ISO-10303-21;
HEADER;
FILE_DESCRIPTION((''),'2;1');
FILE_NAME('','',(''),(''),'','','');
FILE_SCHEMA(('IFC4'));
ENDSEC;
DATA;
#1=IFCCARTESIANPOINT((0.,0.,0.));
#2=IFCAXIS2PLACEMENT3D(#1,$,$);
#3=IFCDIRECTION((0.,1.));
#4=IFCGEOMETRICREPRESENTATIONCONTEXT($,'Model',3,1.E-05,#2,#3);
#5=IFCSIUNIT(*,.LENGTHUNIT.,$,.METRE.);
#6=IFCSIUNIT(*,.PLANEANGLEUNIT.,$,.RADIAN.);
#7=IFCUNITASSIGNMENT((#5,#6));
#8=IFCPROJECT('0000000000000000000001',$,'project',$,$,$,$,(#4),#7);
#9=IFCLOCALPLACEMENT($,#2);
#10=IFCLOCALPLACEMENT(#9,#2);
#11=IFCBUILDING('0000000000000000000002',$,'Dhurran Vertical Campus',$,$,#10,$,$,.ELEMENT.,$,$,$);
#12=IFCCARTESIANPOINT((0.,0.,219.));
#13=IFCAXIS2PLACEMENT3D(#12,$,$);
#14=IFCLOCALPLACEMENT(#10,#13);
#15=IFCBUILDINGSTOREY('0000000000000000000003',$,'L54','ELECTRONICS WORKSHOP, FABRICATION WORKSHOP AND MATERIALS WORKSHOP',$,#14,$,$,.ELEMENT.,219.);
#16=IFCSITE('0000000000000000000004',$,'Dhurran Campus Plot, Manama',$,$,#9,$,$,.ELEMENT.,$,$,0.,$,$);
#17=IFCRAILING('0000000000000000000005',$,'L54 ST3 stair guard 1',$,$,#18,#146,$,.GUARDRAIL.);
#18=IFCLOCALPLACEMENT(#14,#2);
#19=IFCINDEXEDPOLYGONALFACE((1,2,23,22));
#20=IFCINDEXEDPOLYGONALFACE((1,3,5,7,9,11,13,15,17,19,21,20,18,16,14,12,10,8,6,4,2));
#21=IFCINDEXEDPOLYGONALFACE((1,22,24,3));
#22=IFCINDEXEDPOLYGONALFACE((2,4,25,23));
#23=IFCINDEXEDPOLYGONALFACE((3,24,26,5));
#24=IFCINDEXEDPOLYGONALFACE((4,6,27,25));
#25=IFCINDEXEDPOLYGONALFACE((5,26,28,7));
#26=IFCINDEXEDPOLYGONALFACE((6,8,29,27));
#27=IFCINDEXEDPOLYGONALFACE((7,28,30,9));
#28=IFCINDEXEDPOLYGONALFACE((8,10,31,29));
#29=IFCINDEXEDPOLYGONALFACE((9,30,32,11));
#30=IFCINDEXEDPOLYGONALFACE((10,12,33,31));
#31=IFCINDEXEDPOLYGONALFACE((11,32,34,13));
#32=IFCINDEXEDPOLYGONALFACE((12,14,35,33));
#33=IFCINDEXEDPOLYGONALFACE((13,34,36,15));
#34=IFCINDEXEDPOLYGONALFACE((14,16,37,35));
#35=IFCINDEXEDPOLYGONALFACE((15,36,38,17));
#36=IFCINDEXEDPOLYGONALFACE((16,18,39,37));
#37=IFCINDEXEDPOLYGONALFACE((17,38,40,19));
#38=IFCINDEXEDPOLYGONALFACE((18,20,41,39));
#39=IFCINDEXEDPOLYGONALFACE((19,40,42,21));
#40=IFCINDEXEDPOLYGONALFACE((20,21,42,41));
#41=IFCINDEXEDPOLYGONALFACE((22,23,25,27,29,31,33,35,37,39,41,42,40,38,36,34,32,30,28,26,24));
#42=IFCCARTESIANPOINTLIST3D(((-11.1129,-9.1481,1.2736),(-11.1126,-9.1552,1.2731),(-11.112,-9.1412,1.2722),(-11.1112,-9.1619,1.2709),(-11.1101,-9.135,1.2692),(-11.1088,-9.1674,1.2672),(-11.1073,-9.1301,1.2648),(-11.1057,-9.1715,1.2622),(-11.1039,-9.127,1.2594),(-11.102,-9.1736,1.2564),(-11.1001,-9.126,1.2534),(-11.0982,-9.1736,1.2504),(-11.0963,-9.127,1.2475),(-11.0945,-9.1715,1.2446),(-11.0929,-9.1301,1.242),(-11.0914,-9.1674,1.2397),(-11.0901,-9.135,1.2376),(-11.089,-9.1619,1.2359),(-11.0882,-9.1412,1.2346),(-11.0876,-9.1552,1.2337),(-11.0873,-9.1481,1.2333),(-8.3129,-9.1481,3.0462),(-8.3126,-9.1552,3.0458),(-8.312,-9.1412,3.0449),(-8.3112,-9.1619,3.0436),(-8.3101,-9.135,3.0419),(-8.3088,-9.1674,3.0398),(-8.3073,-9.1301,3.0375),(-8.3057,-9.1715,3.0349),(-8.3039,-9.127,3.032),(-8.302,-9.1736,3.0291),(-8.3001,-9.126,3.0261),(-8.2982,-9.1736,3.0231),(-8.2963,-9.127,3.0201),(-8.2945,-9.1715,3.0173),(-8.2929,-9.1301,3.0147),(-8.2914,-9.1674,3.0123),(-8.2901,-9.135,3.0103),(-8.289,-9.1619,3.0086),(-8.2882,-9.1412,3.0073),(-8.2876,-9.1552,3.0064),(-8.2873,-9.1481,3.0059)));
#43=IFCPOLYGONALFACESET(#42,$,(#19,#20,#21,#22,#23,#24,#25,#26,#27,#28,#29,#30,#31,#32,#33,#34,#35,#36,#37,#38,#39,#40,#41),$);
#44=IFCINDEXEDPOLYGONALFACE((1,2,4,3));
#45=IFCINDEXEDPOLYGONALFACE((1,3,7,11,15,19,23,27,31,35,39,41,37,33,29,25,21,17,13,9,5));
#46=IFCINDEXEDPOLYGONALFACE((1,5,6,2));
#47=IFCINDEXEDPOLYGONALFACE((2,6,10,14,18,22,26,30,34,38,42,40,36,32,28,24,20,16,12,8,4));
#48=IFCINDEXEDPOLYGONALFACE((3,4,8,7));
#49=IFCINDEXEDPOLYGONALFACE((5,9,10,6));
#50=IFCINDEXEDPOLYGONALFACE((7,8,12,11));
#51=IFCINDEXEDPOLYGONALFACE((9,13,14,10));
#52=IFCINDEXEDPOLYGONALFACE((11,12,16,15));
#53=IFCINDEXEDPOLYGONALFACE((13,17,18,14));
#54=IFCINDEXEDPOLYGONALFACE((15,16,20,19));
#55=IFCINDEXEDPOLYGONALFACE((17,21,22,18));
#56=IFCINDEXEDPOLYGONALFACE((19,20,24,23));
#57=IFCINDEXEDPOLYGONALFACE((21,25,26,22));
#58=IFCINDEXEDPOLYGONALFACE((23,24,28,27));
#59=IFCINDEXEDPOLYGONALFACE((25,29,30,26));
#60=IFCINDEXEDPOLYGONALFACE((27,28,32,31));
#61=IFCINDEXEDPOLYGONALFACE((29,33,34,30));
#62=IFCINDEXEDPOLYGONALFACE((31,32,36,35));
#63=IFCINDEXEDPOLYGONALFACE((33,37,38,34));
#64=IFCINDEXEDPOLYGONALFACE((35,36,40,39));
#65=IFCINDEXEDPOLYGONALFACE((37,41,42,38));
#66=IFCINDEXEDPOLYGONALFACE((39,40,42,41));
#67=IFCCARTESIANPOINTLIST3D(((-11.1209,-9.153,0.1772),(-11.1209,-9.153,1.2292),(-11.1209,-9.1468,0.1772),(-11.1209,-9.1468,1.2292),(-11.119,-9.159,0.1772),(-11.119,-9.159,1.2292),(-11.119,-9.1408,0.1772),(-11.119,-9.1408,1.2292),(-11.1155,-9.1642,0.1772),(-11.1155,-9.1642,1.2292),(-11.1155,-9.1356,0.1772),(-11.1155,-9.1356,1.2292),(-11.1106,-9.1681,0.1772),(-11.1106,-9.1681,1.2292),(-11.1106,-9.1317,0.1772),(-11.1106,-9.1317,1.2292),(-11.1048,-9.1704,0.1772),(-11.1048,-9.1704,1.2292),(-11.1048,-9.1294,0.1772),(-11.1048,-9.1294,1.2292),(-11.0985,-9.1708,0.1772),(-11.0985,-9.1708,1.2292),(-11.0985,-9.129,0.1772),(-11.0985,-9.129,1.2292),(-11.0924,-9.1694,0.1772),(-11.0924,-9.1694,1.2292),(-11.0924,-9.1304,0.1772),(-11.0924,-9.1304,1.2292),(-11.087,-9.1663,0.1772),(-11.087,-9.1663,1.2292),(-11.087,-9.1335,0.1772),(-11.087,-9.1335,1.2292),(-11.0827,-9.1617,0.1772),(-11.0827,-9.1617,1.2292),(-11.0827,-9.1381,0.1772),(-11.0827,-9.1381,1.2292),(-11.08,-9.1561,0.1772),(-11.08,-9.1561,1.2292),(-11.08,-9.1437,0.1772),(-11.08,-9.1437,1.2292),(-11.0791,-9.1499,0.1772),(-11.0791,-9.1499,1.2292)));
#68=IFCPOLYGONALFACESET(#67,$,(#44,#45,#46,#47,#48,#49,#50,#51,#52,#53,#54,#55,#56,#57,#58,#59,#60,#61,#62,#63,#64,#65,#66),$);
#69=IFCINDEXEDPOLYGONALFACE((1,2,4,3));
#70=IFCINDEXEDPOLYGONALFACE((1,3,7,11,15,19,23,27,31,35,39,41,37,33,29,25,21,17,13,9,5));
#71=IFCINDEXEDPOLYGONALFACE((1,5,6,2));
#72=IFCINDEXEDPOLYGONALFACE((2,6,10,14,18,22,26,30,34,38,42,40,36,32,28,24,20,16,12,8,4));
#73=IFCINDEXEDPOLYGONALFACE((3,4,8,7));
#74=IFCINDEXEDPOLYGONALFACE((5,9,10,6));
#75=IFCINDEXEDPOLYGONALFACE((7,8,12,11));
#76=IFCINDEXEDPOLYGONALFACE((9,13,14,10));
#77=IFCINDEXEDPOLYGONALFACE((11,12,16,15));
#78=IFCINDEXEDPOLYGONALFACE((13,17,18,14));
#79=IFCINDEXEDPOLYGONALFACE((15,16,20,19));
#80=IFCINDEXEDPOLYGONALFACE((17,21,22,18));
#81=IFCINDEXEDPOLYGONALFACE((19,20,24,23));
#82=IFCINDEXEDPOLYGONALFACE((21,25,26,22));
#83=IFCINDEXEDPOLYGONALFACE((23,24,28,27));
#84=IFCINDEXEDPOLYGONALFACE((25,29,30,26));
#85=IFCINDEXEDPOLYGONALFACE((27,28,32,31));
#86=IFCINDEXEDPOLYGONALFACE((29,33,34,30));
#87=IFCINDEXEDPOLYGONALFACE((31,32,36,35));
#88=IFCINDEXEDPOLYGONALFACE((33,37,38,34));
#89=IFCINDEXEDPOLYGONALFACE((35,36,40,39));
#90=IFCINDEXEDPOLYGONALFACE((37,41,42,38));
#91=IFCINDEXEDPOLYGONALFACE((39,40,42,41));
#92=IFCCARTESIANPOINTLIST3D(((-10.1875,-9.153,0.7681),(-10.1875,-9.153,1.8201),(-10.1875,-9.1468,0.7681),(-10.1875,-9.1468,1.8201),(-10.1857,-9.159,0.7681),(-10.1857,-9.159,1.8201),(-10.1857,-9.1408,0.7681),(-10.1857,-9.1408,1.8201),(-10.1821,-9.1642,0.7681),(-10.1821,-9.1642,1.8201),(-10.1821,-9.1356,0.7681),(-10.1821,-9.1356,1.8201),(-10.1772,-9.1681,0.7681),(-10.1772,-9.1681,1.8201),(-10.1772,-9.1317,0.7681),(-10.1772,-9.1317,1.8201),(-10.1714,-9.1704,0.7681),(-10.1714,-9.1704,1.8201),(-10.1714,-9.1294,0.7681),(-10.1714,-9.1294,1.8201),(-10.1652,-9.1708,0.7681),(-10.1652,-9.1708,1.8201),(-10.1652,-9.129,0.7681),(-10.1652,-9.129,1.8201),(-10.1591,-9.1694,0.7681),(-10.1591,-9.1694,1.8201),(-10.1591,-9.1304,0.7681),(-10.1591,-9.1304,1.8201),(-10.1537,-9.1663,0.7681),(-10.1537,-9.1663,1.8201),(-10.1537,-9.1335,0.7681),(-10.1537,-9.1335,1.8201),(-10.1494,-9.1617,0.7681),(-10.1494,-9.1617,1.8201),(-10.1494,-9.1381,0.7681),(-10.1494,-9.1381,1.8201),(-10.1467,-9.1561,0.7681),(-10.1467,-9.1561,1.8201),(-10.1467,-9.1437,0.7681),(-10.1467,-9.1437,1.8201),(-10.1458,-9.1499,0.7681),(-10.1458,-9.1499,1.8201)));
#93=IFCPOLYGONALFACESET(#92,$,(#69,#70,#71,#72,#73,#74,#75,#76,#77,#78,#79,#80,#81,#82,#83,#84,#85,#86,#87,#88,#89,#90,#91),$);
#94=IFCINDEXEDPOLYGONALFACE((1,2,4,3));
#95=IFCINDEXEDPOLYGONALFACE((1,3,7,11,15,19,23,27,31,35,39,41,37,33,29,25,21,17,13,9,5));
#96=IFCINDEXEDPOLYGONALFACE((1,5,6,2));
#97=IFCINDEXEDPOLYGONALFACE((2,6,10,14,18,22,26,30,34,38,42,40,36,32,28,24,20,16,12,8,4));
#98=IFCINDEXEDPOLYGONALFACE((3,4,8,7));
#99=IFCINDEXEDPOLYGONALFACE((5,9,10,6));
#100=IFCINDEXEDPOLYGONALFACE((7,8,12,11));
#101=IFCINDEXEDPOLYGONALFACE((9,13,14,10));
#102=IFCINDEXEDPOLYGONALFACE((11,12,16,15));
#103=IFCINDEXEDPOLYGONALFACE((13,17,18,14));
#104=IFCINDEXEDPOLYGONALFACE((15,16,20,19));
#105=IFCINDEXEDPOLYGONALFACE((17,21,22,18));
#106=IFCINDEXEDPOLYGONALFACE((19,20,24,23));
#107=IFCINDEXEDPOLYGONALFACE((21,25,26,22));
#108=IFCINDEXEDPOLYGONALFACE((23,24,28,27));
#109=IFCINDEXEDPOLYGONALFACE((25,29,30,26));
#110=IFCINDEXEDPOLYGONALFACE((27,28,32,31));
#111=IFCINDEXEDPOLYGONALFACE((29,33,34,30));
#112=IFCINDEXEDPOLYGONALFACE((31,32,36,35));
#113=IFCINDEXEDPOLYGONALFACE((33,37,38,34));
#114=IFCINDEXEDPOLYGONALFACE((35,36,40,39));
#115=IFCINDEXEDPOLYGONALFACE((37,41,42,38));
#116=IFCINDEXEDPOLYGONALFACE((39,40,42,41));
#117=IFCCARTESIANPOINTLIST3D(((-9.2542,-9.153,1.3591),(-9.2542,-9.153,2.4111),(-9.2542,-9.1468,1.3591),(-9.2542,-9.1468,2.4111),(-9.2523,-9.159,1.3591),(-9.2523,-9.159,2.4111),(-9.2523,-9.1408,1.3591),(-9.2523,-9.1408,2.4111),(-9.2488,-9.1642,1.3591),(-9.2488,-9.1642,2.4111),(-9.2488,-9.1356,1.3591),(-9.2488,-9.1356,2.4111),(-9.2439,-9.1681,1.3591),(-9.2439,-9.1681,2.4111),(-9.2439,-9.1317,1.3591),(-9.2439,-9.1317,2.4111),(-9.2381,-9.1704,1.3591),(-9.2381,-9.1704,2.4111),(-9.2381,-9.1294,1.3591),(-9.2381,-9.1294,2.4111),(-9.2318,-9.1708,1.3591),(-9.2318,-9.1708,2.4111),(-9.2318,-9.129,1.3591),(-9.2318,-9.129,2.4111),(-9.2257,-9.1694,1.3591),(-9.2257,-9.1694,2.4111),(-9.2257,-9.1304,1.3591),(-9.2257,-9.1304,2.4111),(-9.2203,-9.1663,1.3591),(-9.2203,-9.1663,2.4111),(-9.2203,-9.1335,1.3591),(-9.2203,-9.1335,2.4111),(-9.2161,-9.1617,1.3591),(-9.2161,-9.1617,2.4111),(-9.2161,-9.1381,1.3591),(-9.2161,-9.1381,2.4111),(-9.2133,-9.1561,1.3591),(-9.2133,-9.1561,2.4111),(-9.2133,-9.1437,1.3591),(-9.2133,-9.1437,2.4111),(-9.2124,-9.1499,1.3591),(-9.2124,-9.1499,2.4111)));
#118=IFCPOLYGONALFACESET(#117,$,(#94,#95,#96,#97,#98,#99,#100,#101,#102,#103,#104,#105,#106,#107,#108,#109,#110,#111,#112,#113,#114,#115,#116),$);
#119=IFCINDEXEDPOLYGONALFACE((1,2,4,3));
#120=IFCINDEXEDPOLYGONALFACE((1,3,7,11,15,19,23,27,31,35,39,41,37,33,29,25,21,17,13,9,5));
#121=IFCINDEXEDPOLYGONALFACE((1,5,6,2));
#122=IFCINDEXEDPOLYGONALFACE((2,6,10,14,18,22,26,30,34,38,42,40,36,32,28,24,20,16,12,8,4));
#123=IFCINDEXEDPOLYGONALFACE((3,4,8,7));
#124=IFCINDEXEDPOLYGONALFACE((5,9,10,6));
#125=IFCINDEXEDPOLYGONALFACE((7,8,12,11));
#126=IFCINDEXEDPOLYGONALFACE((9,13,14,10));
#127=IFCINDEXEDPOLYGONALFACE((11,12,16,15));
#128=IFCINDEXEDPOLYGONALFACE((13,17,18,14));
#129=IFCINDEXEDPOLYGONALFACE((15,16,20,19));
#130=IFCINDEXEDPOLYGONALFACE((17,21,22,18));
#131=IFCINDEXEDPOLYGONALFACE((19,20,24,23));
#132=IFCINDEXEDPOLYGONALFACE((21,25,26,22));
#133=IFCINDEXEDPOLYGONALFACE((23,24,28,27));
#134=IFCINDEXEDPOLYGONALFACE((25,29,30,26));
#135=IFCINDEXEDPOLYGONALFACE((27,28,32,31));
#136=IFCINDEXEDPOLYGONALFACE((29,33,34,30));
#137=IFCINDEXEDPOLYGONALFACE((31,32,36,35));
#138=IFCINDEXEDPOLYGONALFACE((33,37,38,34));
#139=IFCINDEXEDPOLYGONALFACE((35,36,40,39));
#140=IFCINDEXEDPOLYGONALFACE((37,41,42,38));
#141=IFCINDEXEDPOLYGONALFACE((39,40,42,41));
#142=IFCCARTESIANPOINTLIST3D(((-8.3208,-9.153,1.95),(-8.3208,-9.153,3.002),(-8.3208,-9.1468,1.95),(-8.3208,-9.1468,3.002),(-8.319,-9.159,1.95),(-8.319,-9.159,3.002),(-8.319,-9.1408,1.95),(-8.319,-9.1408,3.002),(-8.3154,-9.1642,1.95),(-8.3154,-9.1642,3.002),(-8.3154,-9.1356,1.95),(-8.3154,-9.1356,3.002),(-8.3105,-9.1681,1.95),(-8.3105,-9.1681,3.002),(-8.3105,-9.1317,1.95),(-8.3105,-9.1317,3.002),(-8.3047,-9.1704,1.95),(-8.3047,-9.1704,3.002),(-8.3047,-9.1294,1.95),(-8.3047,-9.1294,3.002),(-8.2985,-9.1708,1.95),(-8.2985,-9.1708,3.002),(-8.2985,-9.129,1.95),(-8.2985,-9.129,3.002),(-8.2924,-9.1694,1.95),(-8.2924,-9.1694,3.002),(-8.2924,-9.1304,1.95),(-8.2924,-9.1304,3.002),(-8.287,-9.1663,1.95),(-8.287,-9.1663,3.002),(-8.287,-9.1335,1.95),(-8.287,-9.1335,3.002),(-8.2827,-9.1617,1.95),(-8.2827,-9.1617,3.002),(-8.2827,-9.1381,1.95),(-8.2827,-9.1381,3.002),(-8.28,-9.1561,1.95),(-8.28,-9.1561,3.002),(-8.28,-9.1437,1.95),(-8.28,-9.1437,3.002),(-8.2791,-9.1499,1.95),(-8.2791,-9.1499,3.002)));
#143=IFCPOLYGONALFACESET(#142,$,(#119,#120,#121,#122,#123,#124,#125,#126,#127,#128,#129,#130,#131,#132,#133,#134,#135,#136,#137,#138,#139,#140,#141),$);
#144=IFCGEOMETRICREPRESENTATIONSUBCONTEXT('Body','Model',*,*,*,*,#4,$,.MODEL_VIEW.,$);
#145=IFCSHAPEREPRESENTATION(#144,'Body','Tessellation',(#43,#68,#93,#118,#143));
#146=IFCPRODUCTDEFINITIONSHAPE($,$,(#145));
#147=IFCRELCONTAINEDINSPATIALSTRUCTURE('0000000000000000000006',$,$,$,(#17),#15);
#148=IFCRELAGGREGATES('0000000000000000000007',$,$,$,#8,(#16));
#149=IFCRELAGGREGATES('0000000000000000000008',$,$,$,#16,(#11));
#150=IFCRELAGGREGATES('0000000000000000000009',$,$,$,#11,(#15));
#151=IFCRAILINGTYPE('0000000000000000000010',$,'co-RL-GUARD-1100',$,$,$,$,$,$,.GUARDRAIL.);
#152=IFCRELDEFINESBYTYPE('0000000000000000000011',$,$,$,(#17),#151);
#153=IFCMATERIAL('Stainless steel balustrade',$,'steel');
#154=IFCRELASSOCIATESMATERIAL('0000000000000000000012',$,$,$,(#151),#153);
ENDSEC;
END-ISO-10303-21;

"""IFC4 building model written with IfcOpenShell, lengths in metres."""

from ifc_helpers import new_model, si_unit, direction, frame, origin, origin_2d, place, context, subcontext, project, spatial, circle, extrude, material, type_object, element, save


model = new_model("IFC4")

# Units and contexts
model_context = context("Model", 3, precision=1e-05, world=origin(), true_north=direction((0.0, 1.0)))
body_context = subcontext(model_context, "Body", "Model", "MODEL_VIEW")
ifc_project = project(units=[si_unit("LENGTHUNIT", "METRE"), si_unit("PLANEANGLEUNIT", "RADIAN")], contexts=[model_context])

# Site, building, storey
site_placement = place(None, origin())
site = spatial("IfcSite", under=ifc_project, at=site_placement, Name="Dhurran Campus Plot, Manama", CompositionType="ELEMENT", RefElevation=0.0)
building_placement = place(site_placement, origin())
building = spatial("IfcBuilding", under=site, at=building_placement, Name="Dhurran Vertical Campus", CompositionType="ELEMENT")
storey_placement = place(building_placement, frame((0.0, 0.0, 219.0)))
storey = spatial("IfcBuildingStorey", under=building, at=storey_placement, Name="L54", Description="ELECTRONICS WORKSHOP, FABRICATION WORKSHOP AND MATERIALS WORKSHOP", CompositionType="ELEMENT", Elevation=219.0)

# Railing
ifc_material_1 = material(Name="Stainless steel balustrade", Category="steel")
railing_type_1 = type_object("IfcRailingType", Name="co-RL-GUARD-1100", PredefinedType="GUARDRAIL", material=ifc_material_1)
railing_1_placement = place(storey_placement, frame((-11.1001, -9.1499, 0.1772)))
element("IfcRailing", 1, at=railing_1_placement, inside=storey, type_object=railing_type_1, Name="L54 ST3 stair guard 1", PredefinedType="GUARDRAIL", context=body_context, shape_type="SweptSolid", body=[
    extrude(circle(Radius=0.0239, at=origin_2d()), frame((0.0, 0.0, 1.0762), z_axis=(0.844909, 0.0, 0.53491), x_axis=(0.0, 1.0, 0.0)), (0.0, 0.0, 1.0), 3.314),
    extrude(circle(Radius=0.021, at=origin_2d()), origin(), (0.0, 0.0, 1.0), 1.052),
    extrude(circle(Radius=0.021, at=origin_2d()), frame((0.9333, 0.0, 0.5908)), (0.0, 0.0, 1.0), 1.052),
    extrude(circle(Radius=0.021, at=origin_2d()), frame((1.8667, 0.0, 1.1819)), (0.0, 0.0, 1.0), 1.052),
    extrude(circle(Radius=0.021, at=origin_2d()), frame((2.8, 0.0, 1.7727)), (0.0, 0.0, 1.0), 1.052),
])

save(model, "model.ifc")
